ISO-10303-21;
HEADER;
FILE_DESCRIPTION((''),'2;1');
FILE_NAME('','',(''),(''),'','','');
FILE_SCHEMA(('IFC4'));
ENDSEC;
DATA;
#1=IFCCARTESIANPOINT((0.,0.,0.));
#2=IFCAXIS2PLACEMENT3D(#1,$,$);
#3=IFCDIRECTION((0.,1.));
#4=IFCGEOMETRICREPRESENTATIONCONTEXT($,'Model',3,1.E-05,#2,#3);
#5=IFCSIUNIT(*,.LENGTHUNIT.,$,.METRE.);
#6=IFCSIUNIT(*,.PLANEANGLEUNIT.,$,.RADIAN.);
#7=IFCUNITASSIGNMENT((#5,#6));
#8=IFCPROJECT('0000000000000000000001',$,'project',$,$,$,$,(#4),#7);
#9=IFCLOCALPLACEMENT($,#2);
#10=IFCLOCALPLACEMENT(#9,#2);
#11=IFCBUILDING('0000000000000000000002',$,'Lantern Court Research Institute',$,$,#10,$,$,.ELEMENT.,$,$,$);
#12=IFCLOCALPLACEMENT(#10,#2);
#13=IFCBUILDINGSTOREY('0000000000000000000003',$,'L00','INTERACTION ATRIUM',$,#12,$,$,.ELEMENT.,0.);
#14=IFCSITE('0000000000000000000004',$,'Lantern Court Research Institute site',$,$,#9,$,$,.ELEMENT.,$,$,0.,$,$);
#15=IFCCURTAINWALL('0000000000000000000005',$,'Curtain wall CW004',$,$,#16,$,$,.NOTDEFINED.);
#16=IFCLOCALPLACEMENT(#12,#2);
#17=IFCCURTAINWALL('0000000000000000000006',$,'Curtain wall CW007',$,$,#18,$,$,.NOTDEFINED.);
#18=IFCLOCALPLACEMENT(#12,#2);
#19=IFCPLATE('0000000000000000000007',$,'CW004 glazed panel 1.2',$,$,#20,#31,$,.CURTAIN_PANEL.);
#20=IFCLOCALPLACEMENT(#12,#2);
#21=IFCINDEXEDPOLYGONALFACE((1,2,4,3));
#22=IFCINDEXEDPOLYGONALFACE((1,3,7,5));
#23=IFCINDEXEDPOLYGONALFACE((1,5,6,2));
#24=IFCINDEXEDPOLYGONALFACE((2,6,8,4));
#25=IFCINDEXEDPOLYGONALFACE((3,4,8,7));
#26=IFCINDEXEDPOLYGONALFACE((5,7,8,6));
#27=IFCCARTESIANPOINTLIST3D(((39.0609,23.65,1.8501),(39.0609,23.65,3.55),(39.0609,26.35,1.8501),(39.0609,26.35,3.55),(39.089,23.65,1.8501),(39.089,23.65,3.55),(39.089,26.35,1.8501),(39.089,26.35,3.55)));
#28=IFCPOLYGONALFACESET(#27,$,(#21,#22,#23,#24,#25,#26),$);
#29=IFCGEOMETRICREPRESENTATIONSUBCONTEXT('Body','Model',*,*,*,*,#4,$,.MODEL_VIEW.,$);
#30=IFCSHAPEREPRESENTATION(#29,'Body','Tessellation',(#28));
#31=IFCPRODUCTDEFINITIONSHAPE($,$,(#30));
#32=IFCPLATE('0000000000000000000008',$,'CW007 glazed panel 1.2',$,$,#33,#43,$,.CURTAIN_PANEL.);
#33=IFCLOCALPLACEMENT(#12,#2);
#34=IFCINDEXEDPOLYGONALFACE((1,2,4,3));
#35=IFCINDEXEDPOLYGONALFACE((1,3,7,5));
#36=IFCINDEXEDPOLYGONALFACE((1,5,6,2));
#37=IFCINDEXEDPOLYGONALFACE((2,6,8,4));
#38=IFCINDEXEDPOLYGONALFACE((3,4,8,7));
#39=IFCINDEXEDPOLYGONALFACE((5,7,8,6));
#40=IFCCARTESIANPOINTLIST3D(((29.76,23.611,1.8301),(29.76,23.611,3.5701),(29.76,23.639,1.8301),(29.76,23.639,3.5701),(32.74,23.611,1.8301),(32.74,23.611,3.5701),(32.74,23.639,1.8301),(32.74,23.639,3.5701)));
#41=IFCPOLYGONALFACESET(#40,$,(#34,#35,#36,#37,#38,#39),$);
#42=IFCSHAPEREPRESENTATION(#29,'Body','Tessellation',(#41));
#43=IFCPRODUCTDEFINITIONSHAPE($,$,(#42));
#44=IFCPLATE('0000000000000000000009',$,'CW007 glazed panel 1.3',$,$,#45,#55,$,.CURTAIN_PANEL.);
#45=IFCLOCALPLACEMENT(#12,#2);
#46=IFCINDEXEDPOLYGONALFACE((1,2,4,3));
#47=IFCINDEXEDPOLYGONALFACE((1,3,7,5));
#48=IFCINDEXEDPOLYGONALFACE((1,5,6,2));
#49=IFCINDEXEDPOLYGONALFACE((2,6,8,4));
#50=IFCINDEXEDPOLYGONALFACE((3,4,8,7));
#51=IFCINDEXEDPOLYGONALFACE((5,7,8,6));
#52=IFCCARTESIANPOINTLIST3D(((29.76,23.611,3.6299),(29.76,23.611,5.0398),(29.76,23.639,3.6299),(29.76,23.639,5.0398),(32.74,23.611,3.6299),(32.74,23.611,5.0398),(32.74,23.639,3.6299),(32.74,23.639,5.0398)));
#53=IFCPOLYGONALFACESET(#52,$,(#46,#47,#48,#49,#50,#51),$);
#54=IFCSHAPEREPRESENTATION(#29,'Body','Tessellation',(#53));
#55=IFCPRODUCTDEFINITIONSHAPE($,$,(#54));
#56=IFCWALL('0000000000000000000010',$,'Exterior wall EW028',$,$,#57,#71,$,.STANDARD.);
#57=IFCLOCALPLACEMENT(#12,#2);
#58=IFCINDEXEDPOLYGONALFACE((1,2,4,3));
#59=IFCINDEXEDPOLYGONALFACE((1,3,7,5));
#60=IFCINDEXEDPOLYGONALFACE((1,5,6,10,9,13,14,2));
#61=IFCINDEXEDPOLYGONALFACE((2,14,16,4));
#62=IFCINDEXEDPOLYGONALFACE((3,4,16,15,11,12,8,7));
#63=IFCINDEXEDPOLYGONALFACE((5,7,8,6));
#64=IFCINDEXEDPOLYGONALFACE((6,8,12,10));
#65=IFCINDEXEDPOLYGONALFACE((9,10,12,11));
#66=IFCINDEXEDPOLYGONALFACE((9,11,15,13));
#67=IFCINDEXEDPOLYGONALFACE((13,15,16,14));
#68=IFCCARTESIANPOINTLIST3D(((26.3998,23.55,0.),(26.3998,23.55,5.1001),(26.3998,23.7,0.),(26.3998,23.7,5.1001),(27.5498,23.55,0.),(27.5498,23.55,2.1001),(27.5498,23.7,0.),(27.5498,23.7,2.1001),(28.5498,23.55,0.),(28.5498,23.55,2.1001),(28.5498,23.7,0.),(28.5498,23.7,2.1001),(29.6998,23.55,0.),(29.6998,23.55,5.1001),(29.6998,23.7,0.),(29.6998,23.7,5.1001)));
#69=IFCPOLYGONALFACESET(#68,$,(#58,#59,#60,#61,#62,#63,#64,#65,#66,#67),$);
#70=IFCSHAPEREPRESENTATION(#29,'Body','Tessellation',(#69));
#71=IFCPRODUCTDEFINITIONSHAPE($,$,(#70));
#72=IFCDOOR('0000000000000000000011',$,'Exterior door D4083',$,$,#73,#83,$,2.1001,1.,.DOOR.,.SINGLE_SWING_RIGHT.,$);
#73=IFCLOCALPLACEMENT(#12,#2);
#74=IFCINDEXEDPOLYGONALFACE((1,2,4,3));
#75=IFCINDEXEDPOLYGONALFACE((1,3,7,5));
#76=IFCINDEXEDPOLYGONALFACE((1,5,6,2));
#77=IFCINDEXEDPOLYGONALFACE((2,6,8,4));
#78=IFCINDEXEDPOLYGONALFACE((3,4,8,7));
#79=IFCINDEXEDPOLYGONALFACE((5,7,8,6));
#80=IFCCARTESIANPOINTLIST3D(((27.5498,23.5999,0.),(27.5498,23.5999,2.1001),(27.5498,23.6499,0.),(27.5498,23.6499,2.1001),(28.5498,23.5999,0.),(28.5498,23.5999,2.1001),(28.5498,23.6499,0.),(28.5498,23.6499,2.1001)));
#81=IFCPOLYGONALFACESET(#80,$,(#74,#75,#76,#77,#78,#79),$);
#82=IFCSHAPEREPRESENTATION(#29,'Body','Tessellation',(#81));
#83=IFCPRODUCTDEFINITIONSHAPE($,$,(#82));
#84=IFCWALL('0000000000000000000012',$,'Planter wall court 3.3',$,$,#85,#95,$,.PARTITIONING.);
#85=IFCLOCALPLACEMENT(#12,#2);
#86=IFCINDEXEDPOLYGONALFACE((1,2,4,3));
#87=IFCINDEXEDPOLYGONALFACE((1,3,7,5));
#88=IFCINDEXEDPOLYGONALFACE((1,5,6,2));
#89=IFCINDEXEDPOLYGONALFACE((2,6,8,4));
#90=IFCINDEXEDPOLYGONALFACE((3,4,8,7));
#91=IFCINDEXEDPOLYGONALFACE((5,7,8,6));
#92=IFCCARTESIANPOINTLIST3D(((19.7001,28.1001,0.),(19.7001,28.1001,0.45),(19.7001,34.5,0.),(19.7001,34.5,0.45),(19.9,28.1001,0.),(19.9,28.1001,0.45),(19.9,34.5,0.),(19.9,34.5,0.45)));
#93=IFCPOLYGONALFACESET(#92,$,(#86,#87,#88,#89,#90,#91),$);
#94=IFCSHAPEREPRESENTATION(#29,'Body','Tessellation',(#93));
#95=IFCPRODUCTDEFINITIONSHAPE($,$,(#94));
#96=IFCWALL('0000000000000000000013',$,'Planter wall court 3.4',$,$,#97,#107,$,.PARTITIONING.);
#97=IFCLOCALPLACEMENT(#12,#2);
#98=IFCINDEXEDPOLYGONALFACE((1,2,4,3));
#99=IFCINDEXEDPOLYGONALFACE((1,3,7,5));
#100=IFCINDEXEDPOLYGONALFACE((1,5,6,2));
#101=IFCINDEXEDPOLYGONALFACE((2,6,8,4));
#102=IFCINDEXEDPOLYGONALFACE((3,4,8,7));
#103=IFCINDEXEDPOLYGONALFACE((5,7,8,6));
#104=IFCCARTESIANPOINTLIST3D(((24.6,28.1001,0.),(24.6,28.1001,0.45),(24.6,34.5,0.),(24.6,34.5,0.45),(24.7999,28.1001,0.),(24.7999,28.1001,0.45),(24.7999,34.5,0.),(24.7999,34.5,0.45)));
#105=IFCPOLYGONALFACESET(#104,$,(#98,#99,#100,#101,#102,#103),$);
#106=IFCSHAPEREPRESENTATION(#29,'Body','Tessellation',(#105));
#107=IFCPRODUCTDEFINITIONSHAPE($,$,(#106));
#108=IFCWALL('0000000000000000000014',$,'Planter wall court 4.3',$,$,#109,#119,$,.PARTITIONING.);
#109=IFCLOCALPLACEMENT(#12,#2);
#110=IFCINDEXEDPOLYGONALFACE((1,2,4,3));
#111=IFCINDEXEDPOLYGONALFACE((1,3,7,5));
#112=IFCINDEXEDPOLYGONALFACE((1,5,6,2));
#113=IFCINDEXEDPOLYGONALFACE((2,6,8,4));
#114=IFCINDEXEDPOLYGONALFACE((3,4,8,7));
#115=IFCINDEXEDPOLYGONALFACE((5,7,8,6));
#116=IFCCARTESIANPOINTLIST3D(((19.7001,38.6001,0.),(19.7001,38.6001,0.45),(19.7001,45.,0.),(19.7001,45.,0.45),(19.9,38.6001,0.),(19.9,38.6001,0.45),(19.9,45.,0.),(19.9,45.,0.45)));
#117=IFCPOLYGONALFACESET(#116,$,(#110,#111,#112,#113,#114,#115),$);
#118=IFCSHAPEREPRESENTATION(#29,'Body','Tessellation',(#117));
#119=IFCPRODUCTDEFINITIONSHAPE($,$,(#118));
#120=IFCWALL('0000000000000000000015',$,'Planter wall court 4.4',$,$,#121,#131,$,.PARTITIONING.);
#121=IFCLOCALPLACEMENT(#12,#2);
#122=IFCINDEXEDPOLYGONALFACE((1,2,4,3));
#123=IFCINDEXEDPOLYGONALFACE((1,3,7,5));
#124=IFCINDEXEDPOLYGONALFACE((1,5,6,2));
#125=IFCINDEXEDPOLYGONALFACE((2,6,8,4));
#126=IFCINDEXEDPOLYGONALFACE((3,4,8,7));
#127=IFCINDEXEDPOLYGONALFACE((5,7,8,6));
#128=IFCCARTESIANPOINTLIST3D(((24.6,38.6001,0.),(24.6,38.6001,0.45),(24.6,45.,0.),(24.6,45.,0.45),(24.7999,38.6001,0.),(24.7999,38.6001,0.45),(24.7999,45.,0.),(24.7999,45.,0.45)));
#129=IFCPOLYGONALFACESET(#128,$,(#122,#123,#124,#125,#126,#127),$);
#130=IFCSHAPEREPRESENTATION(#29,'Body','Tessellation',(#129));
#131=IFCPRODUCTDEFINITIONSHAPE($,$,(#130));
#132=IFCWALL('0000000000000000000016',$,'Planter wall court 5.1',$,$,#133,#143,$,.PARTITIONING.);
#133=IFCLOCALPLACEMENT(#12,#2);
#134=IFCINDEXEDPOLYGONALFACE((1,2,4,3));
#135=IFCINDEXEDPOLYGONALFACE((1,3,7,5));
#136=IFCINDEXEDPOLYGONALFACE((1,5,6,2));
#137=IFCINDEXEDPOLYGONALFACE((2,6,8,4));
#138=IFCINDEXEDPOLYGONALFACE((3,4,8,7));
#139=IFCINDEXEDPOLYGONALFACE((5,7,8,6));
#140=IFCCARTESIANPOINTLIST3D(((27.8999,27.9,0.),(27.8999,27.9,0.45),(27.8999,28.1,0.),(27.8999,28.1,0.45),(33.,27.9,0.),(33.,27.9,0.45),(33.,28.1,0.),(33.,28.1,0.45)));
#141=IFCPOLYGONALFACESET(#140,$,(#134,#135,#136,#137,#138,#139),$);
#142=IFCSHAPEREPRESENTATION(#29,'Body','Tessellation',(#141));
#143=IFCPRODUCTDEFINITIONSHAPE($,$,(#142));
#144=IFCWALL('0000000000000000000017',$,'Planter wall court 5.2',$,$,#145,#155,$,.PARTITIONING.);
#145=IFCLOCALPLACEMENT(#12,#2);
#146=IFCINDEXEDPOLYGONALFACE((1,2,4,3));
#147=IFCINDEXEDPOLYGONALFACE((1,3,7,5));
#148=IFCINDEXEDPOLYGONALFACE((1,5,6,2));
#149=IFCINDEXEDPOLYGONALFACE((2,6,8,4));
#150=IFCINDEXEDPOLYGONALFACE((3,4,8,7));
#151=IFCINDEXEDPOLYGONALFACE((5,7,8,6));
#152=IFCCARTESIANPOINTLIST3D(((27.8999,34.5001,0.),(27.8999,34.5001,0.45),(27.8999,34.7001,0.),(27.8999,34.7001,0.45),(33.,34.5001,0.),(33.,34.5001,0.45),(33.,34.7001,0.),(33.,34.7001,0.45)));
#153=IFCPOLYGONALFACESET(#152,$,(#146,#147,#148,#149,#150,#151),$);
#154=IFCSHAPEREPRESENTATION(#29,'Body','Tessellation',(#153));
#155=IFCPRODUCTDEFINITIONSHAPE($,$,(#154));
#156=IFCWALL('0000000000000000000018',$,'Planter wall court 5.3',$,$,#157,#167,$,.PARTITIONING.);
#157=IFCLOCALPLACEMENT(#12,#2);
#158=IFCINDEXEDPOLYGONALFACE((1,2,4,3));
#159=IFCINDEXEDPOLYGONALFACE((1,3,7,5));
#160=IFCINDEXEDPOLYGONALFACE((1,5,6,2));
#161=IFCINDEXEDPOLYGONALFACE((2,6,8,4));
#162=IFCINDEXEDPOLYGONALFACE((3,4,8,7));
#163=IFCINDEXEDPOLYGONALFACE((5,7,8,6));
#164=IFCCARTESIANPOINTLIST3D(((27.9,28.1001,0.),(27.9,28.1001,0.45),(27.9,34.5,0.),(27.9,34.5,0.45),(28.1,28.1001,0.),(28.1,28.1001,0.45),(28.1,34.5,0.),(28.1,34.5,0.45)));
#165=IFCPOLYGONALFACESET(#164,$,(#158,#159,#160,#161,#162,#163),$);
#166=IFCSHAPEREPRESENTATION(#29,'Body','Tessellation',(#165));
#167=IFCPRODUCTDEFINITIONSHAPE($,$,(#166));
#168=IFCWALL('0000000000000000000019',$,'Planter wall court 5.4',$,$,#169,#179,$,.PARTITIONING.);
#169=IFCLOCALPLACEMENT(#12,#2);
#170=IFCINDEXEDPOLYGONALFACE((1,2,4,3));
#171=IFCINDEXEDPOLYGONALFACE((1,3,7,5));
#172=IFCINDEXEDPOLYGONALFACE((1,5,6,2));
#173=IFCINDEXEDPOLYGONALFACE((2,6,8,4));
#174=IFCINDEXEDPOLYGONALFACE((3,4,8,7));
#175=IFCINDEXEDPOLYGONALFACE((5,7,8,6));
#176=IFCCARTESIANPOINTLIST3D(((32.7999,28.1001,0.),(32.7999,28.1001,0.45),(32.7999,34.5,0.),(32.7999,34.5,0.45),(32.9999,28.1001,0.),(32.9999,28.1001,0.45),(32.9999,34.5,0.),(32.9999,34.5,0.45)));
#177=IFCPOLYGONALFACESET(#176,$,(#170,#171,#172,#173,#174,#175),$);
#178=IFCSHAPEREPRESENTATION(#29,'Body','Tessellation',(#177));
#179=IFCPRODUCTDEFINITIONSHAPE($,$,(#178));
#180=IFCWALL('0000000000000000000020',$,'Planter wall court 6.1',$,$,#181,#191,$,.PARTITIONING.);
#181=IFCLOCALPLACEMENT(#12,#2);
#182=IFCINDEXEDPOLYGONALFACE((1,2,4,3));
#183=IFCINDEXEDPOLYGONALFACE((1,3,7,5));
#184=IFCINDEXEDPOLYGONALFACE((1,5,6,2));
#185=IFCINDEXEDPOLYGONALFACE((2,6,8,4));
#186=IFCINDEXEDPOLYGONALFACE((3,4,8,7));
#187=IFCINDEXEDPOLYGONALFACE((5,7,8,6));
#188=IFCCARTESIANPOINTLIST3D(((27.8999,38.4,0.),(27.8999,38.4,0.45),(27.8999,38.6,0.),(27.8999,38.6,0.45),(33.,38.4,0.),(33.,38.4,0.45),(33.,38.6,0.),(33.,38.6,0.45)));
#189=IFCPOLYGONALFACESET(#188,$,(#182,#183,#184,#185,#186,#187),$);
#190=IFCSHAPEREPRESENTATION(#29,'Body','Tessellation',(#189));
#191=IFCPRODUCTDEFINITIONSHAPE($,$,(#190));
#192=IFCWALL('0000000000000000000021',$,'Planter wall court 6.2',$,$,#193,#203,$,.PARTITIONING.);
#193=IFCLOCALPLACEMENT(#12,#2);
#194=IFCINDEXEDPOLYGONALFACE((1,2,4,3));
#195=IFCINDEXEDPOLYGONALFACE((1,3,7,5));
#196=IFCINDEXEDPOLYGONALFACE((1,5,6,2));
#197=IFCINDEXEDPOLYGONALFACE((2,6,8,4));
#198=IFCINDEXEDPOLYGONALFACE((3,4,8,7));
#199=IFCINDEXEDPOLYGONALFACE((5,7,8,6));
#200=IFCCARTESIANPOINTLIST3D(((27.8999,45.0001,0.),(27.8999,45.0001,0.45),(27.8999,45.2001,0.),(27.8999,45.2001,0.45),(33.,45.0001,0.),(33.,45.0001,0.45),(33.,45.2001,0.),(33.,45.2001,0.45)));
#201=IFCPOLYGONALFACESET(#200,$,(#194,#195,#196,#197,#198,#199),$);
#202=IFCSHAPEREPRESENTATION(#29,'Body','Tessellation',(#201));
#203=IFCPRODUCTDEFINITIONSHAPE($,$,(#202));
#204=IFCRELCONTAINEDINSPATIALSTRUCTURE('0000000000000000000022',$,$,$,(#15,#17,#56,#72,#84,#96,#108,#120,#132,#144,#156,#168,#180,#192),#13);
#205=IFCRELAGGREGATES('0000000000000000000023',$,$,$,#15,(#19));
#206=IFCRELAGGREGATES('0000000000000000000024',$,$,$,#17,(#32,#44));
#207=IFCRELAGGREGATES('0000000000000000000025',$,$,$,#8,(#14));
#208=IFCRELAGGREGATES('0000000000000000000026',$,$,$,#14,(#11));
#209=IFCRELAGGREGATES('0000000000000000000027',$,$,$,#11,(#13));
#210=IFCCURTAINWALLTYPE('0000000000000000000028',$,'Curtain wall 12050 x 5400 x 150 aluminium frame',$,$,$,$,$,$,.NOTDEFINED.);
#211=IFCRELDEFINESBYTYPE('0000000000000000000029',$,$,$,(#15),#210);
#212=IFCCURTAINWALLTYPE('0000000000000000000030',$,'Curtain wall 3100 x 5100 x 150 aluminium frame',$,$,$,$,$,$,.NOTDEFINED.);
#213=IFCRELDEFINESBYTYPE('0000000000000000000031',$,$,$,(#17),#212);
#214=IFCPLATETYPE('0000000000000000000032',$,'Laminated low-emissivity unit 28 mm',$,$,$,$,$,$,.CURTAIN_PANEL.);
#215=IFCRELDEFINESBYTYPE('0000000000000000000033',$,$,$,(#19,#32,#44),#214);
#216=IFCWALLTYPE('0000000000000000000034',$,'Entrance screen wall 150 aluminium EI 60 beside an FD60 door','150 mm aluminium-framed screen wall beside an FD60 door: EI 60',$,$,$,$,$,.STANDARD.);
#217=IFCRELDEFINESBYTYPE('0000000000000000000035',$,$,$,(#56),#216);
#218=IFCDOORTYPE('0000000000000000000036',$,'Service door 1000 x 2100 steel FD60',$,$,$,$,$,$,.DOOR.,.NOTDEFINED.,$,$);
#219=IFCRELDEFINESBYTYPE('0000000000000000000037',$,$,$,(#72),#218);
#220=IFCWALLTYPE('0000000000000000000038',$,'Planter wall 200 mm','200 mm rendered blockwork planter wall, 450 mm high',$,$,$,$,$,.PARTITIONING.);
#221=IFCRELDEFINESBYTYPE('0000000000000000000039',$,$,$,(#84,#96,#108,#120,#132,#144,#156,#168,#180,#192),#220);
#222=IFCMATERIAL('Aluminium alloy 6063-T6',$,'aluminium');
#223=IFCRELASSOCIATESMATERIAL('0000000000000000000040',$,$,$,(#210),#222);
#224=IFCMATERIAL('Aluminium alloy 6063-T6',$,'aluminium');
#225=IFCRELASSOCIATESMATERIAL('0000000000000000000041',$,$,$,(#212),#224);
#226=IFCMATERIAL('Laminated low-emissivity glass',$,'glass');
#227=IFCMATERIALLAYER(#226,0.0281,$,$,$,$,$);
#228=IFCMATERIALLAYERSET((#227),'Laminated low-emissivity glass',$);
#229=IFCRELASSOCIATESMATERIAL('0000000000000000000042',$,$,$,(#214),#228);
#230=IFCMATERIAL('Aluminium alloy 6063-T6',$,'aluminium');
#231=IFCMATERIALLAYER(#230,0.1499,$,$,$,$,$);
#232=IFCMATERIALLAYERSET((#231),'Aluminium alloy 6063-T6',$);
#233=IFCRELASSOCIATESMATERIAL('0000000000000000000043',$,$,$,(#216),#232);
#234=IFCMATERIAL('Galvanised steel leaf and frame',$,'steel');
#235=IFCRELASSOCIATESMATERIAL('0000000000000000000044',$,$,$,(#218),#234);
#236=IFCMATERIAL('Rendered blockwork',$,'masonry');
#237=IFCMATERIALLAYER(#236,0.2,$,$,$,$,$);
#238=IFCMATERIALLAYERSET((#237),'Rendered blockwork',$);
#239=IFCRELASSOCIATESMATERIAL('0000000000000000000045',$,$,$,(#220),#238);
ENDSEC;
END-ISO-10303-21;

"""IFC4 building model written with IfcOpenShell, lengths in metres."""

from ifc_helpers import new_model, si_unit, direction, frame, frame_2d, origin, origin_2d, place, context, subcontext, project, spatial, rectangle, extrude, material, layer, layer_set, type_object, element, fill, aggregate, save


model = new_model("IFC4")

# Units and contexts
model_context = context("Model", 3, precision=1e-05, world=origin(), true_north=direction((0.0, 1.0)))
body_context = subcontext(model_context, "Body", "Model", "MODEL_VIEW")
ifc_project = project(units=[si_unit("LENGTHUNIT", "METRE"), si_unit("PLANEANGLEUNIT", "RADIAN")], contexts=[model_context])

# Site, building, storey
site_placement = place(None, origin())
site = spatial("IfcSite", under=ifc_project, at=site_placement, Name="Lantern Court Research Institute site", CompositionType="ELEMENT", RefElevation=0.0)
building_placement = place(site_placement, origin())
building = spatial("IfcBuilding", under=site, at=building_placement, Name="Lantern Court Research Institute", CompositionType="ELEMENT")
storey_placement = place(building_placement, origin())
storey = spatial("IfcBuildingStorey", under=building, at=storey_placement, Name="L00", Description="INTERACTION ATRIUM", CompositionType="ELEMENT", Elevation=0.0)

# Curtain wall
ifc_material_1 = material(Name="Aluminium alloy 6063-T6", Category="aluminium")
curtain_wall_type_1 = type_object("IfcCurtainWallType", Name="Curtain wall 12050 x 5400 x 150 aluminium frame", PredefinedType="NOTDEFINED", material=ifc_material_1)
curtain_wall_1_placement = place(storey_placement, origin())
curtain_wall_1 = element("IfcCurtainWall", 1, at=curtain_wall_1_placement, inside=storey, type_object=curtain_wall_type_1, Name="Curtain wall CW004", PredefinedType="NOTDEFINED")

# Curtain wall
ifc_material_2 = material(Name="Aluminium alloy 6063-T6", Category="aluminium")
curtain_wall_type_2 = type_object("IfcCurtainWallType", Name="Curtain wall 3100 x 5100 x 150 aluminium frame", PredefinedType="NOTDEFINED", material=ifc_material_2)
curtain_wall_2_placement = place(storey_placement, origin())
curtain_wall_2 = element("IfcCurtainWall", 2, at=curtain_wall_2_placement, inside=storey, type_object=curtain_wall_type_2, Name="Curtain wall CW007", PredefinedType="NOTDEFINED")

# Plates
ifc_material_3 = material(Name="Laminated low-emissivity glass", Category="glass")
ifc_layer_1 = layer(ifc_material_3, 0.0281)
ifc_layer_set_1 = layer_set([ifc_layer_1], Name="Laminated low-emissivity glass")
plate_type_1 = type_object("IfcPlateType", Name="Laminated low-emissivity unit 28 mm", PredefinedType="CURTAIN_PANEL", material=ifc_layer_set_1)
plate_1_placement = place(storey_placement, frame((39.075, 25.0, 1.8501), z_axis=(0.0, 0.0, 1.0), x_axis=(0.0, 1.0, 0.0)))
plate_1 = element("IfcPlate", 3, at=plate_1_placement, type_object=plate_type_1, Name="CW004 glazed panel 1.2", PredefinedType="CURTAIN_PANEL", context=body_context, shape_type="SweptSolid", body=[
    extrude(rectangle(XDim=2.7, YDim=0.0281, at=origin_2d()), origin(), (0.0, 0.0, 1.0), 1.7),
])
aggregate(curtain_wall_1, [plate_1])
plate_2_placement = place(storey_placement, frame((31.25, 23.625, 1.8301), z_axis=(0.0, 0.0, 1.0), x_axis=(1.0, 0.0, 0.0)))
plate_2 = element("IfcPlate", 4, at=plate_2_placement, type_object=plate_type_1, Name="CW007 glazed panel 1.2", PredefinedType="CURTAIN_PANEL", context=body_context, shape_type="SweptSolid", body=[
    extrude(rectangle(XDim=2.98, YDim=0.0281, at=origin_2d()), origin(), (0.0, 0.0, 1.0), 1.74),
])
plate_3_placement = place(storey_placement, frame((31.25, 23.625, 3.6299), z_axis=(0.0, 0.0, 1.0), x_axis=(1.0, 0.0, 0.0)))
plate_3 = element("IfcPlate", 5, at=plate_3_placement, type_object=plate_type_1, Name="CW007 glazed panel 1.3", PredefinedType="CURTAIN_PANEL", context=body_context, shape_type="SweptSolid", body=[
    extrude(rectangle(XDim=2.98, YDim=0.0281, at=origin_2d()), origin(), (0.0, 0.0, 1.0), 1.4099),
])
aggregate(curtain_wall_2, [plate_2, plate_3])

# Wall, opening, door
ifc_material_4 = material(Name="Aluminium alloy 6063-T6", Category="aluminium")
ifc_layer_2 = layer(ifc_material_4, 0.1499)
ifc_layer_set_2 = layer_set([ifc_layer_2], Name="Aluminium alloy 6063-T6")
wall_type_1 = type_object("IfcWallType", Name="Entrance screen wall 150 aluminium EI 60 beside an FD60 door", Description="150 mm aluminium-framed screen wall beside an FD60 door: EI 60", PredefinedType="STANDARD", material=ifc_layer_set_2)
wall_placement = place(storey_placement, frame((26.3999, 23.625, 0.0), z_axis=(0.0, 0.0, 1.0), x_axis=(1.0, 0.0, 0.0)))
wall = element("IfcWall", 6, at=wall_placement, inside=storey, type_object=wall_type_1, Name="Exterior wall EW028", PredefinedType="STANDARD", context=body_context, shape_type="SweptSolid", body=[
    extrude(rectangle(XDim=3.3, YDim=0.1499, at=frame_2d((1.6499, 0.0))), origin(), (0.0, 0.0, 1.0), 5.1001),
])
opening_placement = place(wall_placement, frame((1.1499, 0.0, 0.0)))
opening = element("IfcOpeningElement", 7, at=opening_placement, cuts=wall, PredefinedType="OPENING", context=body_context, shape_type="SweptSolid", body=[
    extrude(rectangle(XDim=1.0, YDim=2.1001, at=frame_2d((0.5, 1.05))), frame((0.0, 0.085, 0.0), z_axis=(0.0, -1.0, 0.0), x_axis=(1.0, 0.0, 0.0)), (0.0, 0.0, 1.0), 0.1699),
])
ifc_material_5 = material(Name="Galvanised steel leaf and frame", Category="steel")
door_type = type_object("IfcDoorType", Name="Service door 1000 x 2100 steel FD60", OperationType="NOTDEFINED", PredefinedType="DOOR", material=ifc_material_5)
door_placement = place(opening_placement, origin())
door = element("IfcDoor", 8, at=door_placement, inside=storey, type_object=door_type, Name="Exterior door D4083", OperationType="SINGLE_SWING_RIGHT", OverallHeight=2.1001, OverallWidth=1.0, PredefinedType="DOOR", context=body_context, shape_type="SweptSolid", body=[
    extrude(rectangle(XDim=1.0, YDim=2.1001, at=frame_2d((0.5, 1.05))), frame((0.0, 0.0249, 0.0), z_axis=(0.0, -1.0, 0.0), x_axis=(1.0, 0.0, 0.0)), (0.0, 0.0, 1.0), 0.05),
])
fill(opening, door)

# Walls
ifc_material_6 = material(Name="Rendered blockwork", Category="masonry")
ifc_layer_3 = layer(ifc_material_6, 0.2)
ifc_layer_set_3 = layer_set([ifc_layer_3], Name="Rendered blockwork")
wall_type_2 = type_object("IfcWallType", Name="Planter wall 200 mm", Description="200 mm rendered blockwork planter wall, 450 mm high", PredefinedType="PARTITIONING", material=ifc_layer_set_3)
for number, where, z_axis, x_axis, name in (
    (9, (19.8, 28.1001, 0.0), (0.0, 0.0, 1.0), (0.0, 1.0, 0.0), "Planter wall court 3.3"),
    (10, (24.7, 28.1001, 0.0), (0.0, 0.0, 1.0), (0.0, 1.0, 0.0), "Planter wall court 3.4"),
    (11, (19.8, 38.6001, 0.0), (0.0, 0.0, 1.0), (0.0, 1.0, 0.0), "Planter wall court 4.3"),
    (12, (24.7, 38.6001, 0.0), (0.0, 0.0, 1.0), (0.0, 1.0, 0.0), "Planter wall court 4.4"),
):
    element("IfcWall", number, at=place(storey_placement, frame(where, z_axis=z_axis, x_axis=x_axis)), inside=storey, type_object=wall_type_2, Name=name, PredefinedType="PARTITIONING", context=body_context, shape_type="SweptSolid", body=[
        extrude(rectangle(XDim=6.3999, YDim=0.2, at=frame_2d((3.2, 0.0))), origin(), (0.0, 0.0, 1.0), 0.45),
    ])
for number, where, z_axis, x_axis, name in (
    (13, (27.8999, 28.0, 0.0), (0.0, 0.0, 1.0), (1.0, 0.0, 0.0), "Planter wall court 5.1"),
    (14, (27.8999, 34.6001, 0.0), (0.0, 0.0, 1.0), (1.0, 0.0, 0.0), "Planter wall court 5.2"),
):
    element("IfcWall", number, at=place(storey_placement, frame(where, z_axis=z_axis, x_axis=x_axis)), inside=storey, type_object=wall_type_2, Name=name, PredefinedType="PARTITIONING", context=body_context, shape_type="SweptSolid", body=[
        extrude(rectangle(XDim=5.1001, YDim=0.2, at=frame_2d((2.55, 0.0))), origin(), (0.0, 0.0, 1.0), 0.45),
    ])
for number, where, z_axis, x_axis, name in (
    (15, (28.0, 28.1001, 0.0), (0.0, 0.0, 1.0), (0.0, 1.0, 0.0), "Planter wall court 5.3"),
    (16, (32.8999, 28.1001, 0.0), (0.0, 0.0, 1.0), (0.0, 1.0, 0.0), "Planter wall court 5.4"),
):
    element("IfcWall", number, at=place(storey_placement, frame(where, z_axis=z_axis, x_axis=x_axis)), inside=storey, type_object=wall_type_2, Name=name, PredefinedType="PARTITIONING", context=body_context, shape_type="SweptSolid", body=[
        extrude(rectangle(XDim=6.3999, YDim=0.2, at=frame_2d((3.2, 0.0))), origin(), (0.0, 0.0, 1.0), 0.45),
    ])
for number, where, z_axis, x_axis, name in (
    (17, (27.8999, 38.5, 0.0), (0.0, 0.0, 1.0), (1.0, 0.0, 0.0), "Planter wall court 6.1"),
    (18, (27.8999, 45.1001, 0.0), (0.0, 0.0, 1.0), (1.0, 0.0, 0.0), "Planter wall court 6.2"),
):
    element("IfcWall", number, at=place(storey_placement, frame(where, z_axis=z_axis, x_axis=x_axis)), inside=storey, type_object=wall_type_2, Name=name, PredefinedType="PARTITIONING", context=body_context, shape_type="SweptSolid", body=[
        extrude(rectangle(XDim=5.1001, YDim=0.2, at=frame_2d((2.55, 0.0))), origin(), (0.0, 0.0, 1.0), 0.45),
    ])

save(model, "model.ifc")
